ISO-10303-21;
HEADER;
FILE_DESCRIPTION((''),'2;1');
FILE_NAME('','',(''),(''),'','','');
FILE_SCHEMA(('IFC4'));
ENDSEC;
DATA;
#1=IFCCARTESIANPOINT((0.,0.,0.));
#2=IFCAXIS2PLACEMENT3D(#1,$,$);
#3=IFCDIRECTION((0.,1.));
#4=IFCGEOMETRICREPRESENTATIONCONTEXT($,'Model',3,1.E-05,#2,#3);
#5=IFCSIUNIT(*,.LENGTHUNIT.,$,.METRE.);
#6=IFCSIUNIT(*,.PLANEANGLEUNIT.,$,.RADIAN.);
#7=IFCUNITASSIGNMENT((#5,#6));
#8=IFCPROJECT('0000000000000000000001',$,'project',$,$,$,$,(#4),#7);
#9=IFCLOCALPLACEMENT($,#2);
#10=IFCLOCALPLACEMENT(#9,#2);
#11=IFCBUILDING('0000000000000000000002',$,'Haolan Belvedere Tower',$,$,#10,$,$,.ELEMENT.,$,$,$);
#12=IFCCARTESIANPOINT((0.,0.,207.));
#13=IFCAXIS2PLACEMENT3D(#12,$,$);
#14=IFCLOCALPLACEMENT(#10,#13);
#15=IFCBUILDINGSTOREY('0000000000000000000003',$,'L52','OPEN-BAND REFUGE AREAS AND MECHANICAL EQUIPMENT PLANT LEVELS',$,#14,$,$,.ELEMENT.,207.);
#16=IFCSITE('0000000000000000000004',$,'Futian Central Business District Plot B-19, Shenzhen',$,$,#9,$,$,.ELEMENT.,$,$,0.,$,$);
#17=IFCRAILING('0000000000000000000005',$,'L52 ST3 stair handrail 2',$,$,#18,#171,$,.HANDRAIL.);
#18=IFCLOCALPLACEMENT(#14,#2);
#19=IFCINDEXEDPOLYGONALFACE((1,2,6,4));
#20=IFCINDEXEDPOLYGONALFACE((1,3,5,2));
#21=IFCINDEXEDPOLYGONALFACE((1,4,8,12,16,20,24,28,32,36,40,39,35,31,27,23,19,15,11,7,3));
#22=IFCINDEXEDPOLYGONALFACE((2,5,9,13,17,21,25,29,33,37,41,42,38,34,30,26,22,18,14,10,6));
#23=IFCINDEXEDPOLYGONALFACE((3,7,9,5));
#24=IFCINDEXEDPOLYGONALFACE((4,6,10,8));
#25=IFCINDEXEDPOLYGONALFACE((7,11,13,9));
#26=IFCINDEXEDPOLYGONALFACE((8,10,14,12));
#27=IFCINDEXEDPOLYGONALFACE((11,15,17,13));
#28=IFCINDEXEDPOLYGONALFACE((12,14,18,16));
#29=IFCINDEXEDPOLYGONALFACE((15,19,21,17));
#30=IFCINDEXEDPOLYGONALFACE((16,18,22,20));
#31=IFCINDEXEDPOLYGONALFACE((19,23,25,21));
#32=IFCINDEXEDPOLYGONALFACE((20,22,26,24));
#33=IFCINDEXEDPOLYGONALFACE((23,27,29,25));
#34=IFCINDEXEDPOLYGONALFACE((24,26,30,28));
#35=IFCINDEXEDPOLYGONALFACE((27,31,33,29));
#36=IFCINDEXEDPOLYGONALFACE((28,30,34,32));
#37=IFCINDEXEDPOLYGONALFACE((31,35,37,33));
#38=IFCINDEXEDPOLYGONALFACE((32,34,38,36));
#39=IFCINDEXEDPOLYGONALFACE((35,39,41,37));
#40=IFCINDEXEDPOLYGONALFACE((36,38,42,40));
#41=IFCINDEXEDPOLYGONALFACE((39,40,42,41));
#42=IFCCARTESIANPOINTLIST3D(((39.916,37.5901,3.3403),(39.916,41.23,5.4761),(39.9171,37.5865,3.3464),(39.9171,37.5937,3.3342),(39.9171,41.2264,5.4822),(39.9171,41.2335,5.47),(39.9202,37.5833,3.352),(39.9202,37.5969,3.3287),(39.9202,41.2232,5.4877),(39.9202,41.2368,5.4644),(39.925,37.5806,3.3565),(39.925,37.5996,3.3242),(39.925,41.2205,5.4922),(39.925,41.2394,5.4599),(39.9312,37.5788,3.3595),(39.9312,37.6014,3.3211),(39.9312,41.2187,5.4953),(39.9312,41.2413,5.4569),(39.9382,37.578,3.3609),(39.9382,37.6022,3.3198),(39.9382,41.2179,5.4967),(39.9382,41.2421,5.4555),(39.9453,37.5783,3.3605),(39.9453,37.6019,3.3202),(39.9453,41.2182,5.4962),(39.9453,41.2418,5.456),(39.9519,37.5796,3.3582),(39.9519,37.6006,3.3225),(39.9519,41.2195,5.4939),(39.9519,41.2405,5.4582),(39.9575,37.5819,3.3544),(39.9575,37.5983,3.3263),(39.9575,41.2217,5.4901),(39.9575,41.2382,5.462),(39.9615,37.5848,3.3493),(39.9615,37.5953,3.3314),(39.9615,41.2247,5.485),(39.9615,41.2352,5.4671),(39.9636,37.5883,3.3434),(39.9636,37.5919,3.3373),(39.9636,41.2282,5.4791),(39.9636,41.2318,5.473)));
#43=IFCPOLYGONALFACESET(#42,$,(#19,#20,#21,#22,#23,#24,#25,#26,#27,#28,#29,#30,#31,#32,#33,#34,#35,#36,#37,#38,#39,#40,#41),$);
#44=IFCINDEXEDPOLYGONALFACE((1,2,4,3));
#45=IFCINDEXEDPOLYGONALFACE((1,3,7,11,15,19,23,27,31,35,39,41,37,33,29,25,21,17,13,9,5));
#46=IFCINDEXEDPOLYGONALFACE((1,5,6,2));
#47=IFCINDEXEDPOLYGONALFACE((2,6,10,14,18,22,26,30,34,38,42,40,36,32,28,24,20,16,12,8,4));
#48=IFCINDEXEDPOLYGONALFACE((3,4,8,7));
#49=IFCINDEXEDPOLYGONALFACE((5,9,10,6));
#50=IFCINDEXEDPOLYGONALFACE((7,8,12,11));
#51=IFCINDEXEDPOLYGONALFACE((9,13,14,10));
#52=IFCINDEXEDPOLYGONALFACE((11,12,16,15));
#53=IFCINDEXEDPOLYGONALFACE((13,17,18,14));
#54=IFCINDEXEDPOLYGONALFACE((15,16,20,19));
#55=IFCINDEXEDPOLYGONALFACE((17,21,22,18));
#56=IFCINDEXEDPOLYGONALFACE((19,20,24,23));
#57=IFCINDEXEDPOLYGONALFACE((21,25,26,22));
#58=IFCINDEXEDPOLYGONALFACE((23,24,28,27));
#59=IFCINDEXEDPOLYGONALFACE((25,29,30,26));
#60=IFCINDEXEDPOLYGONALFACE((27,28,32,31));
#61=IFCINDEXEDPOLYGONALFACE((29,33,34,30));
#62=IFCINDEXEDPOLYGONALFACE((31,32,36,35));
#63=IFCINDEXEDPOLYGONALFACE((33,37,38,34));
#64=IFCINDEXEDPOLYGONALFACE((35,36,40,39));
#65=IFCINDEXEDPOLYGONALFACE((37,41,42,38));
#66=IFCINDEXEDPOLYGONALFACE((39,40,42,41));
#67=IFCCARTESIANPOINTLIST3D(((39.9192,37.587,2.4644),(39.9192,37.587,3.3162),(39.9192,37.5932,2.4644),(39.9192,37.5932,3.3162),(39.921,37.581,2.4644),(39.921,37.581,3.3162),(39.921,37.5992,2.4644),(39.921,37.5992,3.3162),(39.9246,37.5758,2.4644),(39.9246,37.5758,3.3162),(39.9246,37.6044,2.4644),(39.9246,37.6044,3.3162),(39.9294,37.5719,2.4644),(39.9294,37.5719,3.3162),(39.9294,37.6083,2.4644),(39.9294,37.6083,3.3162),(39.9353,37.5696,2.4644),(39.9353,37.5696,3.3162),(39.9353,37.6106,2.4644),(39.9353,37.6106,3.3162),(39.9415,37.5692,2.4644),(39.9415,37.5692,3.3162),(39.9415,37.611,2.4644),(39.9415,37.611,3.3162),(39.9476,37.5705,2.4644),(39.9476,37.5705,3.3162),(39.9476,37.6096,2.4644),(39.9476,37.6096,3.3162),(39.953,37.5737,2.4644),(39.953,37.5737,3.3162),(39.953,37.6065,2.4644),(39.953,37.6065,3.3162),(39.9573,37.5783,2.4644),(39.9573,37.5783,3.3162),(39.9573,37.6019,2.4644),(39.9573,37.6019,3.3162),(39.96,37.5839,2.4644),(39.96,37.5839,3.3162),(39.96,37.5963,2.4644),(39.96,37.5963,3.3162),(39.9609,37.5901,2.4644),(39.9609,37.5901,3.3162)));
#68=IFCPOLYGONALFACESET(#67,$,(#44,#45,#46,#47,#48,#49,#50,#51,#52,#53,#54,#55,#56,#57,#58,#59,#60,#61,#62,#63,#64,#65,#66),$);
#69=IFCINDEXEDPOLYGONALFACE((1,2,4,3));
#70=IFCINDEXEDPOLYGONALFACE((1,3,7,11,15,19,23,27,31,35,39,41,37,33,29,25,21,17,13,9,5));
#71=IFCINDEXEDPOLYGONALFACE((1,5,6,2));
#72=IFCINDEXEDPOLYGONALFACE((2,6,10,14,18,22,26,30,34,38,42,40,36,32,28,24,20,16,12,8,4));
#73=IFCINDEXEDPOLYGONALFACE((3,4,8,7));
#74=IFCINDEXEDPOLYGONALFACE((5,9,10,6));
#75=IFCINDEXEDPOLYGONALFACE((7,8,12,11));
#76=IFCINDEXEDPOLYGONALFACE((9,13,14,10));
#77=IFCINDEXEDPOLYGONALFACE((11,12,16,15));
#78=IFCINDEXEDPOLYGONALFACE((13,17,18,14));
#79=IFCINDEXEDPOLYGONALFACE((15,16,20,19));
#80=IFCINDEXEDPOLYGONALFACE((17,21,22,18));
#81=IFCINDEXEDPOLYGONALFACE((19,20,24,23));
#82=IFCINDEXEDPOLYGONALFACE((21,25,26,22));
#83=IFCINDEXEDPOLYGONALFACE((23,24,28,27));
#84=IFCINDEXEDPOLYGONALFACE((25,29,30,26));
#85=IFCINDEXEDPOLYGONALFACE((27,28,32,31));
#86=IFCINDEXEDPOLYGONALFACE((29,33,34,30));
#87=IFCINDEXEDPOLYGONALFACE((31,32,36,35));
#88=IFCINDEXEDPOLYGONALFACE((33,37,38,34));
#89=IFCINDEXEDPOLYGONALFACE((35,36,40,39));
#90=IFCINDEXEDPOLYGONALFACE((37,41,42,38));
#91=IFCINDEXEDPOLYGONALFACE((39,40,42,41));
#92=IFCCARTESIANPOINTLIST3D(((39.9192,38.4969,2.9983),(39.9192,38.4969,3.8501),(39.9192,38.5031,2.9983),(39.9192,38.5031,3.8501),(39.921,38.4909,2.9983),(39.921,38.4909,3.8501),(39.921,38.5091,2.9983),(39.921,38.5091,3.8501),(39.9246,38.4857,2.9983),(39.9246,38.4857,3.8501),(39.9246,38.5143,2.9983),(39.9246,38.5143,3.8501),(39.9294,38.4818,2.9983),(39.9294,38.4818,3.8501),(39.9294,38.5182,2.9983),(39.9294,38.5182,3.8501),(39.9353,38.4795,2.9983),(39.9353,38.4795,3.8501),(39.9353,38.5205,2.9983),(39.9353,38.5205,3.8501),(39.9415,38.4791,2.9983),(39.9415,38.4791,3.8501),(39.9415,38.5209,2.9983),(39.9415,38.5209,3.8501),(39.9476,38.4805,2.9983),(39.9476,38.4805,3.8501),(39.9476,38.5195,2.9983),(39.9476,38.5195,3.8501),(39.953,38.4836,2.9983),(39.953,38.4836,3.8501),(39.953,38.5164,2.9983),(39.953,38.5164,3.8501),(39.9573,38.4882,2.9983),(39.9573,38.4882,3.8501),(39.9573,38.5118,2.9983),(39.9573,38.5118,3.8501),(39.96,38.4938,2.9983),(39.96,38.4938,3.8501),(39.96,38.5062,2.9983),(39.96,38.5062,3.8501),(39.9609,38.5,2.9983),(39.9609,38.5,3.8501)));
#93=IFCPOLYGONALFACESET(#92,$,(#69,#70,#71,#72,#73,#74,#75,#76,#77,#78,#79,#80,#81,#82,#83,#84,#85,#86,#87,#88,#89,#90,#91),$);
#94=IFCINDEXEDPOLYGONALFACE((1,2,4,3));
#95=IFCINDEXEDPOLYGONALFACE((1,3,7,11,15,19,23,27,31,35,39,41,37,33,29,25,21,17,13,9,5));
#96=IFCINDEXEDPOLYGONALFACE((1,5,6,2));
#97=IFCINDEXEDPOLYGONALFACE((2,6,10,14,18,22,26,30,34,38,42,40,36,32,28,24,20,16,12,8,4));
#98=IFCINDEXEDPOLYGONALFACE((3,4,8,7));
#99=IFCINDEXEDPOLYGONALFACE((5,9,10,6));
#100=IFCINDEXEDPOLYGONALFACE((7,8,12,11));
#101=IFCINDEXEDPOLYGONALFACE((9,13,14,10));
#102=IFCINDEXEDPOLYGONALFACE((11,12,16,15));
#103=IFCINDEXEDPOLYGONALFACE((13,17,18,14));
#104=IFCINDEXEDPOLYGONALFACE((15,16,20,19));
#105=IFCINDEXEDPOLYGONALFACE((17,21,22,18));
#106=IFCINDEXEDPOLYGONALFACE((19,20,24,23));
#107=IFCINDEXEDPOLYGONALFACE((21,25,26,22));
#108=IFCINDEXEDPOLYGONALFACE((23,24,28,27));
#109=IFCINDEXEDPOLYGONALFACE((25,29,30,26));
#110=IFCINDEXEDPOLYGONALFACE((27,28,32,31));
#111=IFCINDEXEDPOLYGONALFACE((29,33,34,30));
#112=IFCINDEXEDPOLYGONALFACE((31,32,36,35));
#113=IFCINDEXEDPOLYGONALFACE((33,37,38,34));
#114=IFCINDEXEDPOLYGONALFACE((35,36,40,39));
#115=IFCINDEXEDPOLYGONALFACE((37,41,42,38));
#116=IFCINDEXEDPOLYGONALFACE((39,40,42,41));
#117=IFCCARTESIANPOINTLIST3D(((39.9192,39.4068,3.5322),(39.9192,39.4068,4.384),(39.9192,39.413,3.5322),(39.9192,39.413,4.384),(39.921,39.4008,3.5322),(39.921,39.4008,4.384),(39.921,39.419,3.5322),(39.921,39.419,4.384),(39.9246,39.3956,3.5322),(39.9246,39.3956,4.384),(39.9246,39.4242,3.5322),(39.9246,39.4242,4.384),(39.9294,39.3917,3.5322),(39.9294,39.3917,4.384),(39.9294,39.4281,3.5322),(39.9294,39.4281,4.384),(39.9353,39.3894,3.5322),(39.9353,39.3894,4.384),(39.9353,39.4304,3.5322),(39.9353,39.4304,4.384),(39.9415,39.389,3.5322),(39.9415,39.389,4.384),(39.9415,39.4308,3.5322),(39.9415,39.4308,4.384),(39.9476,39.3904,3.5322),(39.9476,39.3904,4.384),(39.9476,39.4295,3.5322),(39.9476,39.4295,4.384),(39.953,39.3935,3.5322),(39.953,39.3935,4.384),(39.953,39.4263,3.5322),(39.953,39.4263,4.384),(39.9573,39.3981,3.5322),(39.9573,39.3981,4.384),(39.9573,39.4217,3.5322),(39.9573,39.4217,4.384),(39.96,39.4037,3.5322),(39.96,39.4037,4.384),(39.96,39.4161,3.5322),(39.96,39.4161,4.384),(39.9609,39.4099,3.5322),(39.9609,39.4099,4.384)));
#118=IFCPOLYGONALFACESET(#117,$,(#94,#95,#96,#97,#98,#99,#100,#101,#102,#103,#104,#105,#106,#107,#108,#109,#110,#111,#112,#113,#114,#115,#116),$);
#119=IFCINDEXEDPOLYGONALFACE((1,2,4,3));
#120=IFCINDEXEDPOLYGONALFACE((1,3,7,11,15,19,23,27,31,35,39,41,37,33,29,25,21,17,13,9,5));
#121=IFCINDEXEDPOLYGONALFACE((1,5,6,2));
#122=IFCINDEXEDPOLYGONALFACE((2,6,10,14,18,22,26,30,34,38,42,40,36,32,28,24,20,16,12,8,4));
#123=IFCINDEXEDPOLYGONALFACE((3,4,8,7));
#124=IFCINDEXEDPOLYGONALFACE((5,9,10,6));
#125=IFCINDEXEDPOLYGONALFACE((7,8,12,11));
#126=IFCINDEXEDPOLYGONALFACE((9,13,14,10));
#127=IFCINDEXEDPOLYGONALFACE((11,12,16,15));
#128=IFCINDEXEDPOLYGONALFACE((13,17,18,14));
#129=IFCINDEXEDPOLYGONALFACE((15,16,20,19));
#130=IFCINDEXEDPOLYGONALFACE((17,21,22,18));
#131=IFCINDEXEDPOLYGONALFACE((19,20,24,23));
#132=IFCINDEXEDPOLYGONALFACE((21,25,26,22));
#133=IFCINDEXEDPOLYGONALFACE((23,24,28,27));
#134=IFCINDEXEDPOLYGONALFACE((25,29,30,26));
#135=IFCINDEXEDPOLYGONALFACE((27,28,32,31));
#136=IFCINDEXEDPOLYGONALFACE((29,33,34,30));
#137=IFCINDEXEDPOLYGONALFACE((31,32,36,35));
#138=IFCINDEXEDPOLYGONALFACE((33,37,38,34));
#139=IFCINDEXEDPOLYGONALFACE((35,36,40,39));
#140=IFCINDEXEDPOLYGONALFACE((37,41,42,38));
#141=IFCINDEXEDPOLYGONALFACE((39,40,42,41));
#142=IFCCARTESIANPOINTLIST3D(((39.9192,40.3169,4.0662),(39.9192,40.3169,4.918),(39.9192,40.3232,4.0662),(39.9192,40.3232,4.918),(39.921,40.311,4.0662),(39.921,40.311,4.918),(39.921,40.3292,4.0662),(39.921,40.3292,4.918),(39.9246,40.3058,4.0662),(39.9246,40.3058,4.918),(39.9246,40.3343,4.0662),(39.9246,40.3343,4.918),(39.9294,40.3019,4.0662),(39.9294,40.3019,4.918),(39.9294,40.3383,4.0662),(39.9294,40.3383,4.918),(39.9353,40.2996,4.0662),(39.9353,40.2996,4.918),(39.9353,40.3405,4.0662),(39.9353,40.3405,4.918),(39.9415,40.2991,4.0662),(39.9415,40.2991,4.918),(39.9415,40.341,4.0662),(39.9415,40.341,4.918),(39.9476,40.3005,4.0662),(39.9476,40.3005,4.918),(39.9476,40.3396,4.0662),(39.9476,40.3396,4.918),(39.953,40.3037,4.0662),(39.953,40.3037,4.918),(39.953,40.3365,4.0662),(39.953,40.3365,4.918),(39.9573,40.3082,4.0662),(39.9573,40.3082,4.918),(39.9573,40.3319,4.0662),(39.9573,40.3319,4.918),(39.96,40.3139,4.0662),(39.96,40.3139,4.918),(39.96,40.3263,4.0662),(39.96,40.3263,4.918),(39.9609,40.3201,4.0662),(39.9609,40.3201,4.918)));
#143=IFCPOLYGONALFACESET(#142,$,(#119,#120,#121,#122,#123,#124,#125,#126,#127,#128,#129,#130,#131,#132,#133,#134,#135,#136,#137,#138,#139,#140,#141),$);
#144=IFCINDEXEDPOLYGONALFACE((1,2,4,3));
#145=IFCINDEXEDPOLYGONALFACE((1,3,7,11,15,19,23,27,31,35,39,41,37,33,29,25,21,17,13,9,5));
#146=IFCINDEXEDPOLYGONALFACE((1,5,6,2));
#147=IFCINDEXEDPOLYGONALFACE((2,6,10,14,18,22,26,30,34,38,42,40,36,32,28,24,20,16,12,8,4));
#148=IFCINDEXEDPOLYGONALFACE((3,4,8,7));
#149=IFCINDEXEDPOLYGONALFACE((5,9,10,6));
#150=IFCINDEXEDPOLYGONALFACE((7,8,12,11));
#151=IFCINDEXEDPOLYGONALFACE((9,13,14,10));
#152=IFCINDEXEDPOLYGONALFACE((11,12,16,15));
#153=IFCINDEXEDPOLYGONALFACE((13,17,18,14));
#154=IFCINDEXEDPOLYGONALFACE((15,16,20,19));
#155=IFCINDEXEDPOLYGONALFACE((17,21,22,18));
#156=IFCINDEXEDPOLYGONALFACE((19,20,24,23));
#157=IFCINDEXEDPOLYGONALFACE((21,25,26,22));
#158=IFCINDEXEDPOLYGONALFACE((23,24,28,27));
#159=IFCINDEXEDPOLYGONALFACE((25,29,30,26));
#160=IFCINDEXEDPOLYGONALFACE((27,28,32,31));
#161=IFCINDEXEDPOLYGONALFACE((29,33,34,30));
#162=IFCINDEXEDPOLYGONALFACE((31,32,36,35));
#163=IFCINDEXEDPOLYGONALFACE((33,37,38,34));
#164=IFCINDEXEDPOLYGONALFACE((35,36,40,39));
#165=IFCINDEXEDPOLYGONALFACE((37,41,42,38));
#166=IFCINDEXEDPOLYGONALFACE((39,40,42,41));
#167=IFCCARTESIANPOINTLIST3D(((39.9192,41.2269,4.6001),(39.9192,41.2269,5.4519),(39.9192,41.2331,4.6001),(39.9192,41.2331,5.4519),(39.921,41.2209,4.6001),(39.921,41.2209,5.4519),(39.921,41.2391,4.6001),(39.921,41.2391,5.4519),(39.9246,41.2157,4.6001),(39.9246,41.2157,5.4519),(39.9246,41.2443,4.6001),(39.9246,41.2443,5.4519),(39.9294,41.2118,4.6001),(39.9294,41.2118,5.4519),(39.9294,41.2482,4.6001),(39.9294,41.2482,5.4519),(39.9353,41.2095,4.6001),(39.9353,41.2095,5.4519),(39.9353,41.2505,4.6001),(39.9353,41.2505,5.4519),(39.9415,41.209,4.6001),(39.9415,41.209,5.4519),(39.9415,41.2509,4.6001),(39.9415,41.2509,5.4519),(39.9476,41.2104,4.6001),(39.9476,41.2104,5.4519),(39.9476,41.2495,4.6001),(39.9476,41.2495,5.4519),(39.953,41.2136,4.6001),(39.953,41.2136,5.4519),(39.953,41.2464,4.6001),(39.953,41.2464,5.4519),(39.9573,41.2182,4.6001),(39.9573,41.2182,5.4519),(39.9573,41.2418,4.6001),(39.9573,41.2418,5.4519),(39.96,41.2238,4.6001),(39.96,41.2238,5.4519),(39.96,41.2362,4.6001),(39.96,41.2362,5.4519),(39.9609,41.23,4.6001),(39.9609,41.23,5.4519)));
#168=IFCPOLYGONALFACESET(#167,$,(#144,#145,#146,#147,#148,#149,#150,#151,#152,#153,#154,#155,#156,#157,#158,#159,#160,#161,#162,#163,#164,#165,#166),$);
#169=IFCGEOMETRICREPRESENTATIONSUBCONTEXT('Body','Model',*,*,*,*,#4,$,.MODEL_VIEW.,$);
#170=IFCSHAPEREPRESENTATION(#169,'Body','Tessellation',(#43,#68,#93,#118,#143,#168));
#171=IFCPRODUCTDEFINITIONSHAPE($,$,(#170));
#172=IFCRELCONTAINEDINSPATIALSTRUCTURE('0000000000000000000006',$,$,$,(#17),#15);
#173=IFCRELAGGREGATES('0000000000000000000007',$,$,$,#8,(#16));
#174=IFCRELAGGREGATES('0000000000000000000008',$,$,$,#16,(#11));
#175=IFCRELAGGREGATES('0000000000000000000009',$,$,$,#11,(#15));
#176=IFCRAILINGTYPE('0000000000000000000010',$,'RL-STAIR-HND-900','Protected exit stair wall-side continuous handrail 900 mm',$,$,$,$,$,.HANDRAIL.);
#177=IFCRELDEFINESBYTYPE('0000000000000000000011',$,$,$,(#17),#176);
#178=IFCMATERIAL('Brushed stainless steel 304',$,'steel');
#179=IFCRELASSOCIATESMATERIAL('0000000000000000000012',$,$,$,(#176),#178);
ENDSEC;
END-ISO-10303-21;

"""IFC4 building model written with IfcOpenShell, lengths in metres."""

from ifc_helpers import new_model, si_unit, direction, frame, origin, origin_2d, place, context, subcontext, project, spatial, circle, extrude, material, type_object, element, save


model = new_model("IFC4")

# Units and contexts
model_context = context("Model", 3, precision=1e-05, world=origin(), true_north=direction((0.0, 1.0)))
body_context = subcontext(model_context, "Body", "Model", "MODEL_VIEW")
ifc_project = project(units=[si_unit("LENGTHUNIT", "METRE"), si_unit("PLANEANGLEUNIT", "RADIAN")], contexts=[model_context])

# Site, building, storey
site_placement = place(None, origin())
site = spatial("IfcSite", under=ifc_project, at=site_placement, Name="Futian Central Business District Plot B-19, Shenzhen", CompositionType="ELEMENT", RefElevation=0.0)
building_placement = place(site_placement, origin())
building = spatial("IfcBuilding", under=site, at=building_placement, Name="Haolan Belvedere Tower", CompositionType="ELEMENT")
storey_placement = place(building_placement, frame((0.0, 0.0, 207.0)))
storey = spatial("IfcBuildingStorey", under=building, at=storey_placement, Name="L52", Description="OPEN-BAND REFUGE AREAS AND MECHANICAL EQUIPMENT PLANT LEVELS", CompositionType="ELEMENT", Elevation=207.0)

# Railing
ifc_material_1 = material(Name="Brushed stainless steel 304", Category="steel")
railing_type_1 = type_object("IfcRailingType", Name="RL-STAIR-HND-900", Description="Protected exit stair wall-side continuous handrail 900 mm", PredefinedType="HANDRAIL", material=ifc_material_1)
railing_1_placement = place(storey_placement, frame((39.9399, 37.5901, 2.4644)))
element("IfcRailing", 1, at=railing_1_placement, inside=storey, type_object=railing_type_1, Name="L52 ST3 stair handrail 2", PredefinedType="HANDRAIL", context=body_context, shape_type="SweptSolid", body=[
    extrude(circle(Radius=0.0239, at=origin_2d()), frame((0.0, 0.0, 0.876), z_axis=(0.0, 0.86249, 0.506074), x_axis=(-1.0, 0.0, 0.0)), (0.0, 0.0, 1.0), 4.2202),
    extrude(circle(Radius=0.021, at=origin_2d()), origin(), (0.0, 0.0, 1.0), 0.8518),
    extrude(circle(Radius=0.021, at=origin_2d()), frame((0.0, 0.9099, 0.5339)), (0.0, 0.0, 1.0), 0.8518),
    extrude(circle(Radius=0.021, at=origin_2d()), frame((0.0, 1.8198, 1.0679)), (0.0, 0.0, 1.0), 0.8518),
    extrude(circle(Radius=0.021, at=origin_2d()), frame((0.0, 2.73, 1.6018)), (0.0, 0.0, 1.0), 0.8518),
    extrude(circle(Radius=0.021, at=origin_2d()), frame((0.0, 3.6399, 2.1357)), (0.0, 0.0, 1.0), 0.8518),
])

save(model, "model.ifc")
